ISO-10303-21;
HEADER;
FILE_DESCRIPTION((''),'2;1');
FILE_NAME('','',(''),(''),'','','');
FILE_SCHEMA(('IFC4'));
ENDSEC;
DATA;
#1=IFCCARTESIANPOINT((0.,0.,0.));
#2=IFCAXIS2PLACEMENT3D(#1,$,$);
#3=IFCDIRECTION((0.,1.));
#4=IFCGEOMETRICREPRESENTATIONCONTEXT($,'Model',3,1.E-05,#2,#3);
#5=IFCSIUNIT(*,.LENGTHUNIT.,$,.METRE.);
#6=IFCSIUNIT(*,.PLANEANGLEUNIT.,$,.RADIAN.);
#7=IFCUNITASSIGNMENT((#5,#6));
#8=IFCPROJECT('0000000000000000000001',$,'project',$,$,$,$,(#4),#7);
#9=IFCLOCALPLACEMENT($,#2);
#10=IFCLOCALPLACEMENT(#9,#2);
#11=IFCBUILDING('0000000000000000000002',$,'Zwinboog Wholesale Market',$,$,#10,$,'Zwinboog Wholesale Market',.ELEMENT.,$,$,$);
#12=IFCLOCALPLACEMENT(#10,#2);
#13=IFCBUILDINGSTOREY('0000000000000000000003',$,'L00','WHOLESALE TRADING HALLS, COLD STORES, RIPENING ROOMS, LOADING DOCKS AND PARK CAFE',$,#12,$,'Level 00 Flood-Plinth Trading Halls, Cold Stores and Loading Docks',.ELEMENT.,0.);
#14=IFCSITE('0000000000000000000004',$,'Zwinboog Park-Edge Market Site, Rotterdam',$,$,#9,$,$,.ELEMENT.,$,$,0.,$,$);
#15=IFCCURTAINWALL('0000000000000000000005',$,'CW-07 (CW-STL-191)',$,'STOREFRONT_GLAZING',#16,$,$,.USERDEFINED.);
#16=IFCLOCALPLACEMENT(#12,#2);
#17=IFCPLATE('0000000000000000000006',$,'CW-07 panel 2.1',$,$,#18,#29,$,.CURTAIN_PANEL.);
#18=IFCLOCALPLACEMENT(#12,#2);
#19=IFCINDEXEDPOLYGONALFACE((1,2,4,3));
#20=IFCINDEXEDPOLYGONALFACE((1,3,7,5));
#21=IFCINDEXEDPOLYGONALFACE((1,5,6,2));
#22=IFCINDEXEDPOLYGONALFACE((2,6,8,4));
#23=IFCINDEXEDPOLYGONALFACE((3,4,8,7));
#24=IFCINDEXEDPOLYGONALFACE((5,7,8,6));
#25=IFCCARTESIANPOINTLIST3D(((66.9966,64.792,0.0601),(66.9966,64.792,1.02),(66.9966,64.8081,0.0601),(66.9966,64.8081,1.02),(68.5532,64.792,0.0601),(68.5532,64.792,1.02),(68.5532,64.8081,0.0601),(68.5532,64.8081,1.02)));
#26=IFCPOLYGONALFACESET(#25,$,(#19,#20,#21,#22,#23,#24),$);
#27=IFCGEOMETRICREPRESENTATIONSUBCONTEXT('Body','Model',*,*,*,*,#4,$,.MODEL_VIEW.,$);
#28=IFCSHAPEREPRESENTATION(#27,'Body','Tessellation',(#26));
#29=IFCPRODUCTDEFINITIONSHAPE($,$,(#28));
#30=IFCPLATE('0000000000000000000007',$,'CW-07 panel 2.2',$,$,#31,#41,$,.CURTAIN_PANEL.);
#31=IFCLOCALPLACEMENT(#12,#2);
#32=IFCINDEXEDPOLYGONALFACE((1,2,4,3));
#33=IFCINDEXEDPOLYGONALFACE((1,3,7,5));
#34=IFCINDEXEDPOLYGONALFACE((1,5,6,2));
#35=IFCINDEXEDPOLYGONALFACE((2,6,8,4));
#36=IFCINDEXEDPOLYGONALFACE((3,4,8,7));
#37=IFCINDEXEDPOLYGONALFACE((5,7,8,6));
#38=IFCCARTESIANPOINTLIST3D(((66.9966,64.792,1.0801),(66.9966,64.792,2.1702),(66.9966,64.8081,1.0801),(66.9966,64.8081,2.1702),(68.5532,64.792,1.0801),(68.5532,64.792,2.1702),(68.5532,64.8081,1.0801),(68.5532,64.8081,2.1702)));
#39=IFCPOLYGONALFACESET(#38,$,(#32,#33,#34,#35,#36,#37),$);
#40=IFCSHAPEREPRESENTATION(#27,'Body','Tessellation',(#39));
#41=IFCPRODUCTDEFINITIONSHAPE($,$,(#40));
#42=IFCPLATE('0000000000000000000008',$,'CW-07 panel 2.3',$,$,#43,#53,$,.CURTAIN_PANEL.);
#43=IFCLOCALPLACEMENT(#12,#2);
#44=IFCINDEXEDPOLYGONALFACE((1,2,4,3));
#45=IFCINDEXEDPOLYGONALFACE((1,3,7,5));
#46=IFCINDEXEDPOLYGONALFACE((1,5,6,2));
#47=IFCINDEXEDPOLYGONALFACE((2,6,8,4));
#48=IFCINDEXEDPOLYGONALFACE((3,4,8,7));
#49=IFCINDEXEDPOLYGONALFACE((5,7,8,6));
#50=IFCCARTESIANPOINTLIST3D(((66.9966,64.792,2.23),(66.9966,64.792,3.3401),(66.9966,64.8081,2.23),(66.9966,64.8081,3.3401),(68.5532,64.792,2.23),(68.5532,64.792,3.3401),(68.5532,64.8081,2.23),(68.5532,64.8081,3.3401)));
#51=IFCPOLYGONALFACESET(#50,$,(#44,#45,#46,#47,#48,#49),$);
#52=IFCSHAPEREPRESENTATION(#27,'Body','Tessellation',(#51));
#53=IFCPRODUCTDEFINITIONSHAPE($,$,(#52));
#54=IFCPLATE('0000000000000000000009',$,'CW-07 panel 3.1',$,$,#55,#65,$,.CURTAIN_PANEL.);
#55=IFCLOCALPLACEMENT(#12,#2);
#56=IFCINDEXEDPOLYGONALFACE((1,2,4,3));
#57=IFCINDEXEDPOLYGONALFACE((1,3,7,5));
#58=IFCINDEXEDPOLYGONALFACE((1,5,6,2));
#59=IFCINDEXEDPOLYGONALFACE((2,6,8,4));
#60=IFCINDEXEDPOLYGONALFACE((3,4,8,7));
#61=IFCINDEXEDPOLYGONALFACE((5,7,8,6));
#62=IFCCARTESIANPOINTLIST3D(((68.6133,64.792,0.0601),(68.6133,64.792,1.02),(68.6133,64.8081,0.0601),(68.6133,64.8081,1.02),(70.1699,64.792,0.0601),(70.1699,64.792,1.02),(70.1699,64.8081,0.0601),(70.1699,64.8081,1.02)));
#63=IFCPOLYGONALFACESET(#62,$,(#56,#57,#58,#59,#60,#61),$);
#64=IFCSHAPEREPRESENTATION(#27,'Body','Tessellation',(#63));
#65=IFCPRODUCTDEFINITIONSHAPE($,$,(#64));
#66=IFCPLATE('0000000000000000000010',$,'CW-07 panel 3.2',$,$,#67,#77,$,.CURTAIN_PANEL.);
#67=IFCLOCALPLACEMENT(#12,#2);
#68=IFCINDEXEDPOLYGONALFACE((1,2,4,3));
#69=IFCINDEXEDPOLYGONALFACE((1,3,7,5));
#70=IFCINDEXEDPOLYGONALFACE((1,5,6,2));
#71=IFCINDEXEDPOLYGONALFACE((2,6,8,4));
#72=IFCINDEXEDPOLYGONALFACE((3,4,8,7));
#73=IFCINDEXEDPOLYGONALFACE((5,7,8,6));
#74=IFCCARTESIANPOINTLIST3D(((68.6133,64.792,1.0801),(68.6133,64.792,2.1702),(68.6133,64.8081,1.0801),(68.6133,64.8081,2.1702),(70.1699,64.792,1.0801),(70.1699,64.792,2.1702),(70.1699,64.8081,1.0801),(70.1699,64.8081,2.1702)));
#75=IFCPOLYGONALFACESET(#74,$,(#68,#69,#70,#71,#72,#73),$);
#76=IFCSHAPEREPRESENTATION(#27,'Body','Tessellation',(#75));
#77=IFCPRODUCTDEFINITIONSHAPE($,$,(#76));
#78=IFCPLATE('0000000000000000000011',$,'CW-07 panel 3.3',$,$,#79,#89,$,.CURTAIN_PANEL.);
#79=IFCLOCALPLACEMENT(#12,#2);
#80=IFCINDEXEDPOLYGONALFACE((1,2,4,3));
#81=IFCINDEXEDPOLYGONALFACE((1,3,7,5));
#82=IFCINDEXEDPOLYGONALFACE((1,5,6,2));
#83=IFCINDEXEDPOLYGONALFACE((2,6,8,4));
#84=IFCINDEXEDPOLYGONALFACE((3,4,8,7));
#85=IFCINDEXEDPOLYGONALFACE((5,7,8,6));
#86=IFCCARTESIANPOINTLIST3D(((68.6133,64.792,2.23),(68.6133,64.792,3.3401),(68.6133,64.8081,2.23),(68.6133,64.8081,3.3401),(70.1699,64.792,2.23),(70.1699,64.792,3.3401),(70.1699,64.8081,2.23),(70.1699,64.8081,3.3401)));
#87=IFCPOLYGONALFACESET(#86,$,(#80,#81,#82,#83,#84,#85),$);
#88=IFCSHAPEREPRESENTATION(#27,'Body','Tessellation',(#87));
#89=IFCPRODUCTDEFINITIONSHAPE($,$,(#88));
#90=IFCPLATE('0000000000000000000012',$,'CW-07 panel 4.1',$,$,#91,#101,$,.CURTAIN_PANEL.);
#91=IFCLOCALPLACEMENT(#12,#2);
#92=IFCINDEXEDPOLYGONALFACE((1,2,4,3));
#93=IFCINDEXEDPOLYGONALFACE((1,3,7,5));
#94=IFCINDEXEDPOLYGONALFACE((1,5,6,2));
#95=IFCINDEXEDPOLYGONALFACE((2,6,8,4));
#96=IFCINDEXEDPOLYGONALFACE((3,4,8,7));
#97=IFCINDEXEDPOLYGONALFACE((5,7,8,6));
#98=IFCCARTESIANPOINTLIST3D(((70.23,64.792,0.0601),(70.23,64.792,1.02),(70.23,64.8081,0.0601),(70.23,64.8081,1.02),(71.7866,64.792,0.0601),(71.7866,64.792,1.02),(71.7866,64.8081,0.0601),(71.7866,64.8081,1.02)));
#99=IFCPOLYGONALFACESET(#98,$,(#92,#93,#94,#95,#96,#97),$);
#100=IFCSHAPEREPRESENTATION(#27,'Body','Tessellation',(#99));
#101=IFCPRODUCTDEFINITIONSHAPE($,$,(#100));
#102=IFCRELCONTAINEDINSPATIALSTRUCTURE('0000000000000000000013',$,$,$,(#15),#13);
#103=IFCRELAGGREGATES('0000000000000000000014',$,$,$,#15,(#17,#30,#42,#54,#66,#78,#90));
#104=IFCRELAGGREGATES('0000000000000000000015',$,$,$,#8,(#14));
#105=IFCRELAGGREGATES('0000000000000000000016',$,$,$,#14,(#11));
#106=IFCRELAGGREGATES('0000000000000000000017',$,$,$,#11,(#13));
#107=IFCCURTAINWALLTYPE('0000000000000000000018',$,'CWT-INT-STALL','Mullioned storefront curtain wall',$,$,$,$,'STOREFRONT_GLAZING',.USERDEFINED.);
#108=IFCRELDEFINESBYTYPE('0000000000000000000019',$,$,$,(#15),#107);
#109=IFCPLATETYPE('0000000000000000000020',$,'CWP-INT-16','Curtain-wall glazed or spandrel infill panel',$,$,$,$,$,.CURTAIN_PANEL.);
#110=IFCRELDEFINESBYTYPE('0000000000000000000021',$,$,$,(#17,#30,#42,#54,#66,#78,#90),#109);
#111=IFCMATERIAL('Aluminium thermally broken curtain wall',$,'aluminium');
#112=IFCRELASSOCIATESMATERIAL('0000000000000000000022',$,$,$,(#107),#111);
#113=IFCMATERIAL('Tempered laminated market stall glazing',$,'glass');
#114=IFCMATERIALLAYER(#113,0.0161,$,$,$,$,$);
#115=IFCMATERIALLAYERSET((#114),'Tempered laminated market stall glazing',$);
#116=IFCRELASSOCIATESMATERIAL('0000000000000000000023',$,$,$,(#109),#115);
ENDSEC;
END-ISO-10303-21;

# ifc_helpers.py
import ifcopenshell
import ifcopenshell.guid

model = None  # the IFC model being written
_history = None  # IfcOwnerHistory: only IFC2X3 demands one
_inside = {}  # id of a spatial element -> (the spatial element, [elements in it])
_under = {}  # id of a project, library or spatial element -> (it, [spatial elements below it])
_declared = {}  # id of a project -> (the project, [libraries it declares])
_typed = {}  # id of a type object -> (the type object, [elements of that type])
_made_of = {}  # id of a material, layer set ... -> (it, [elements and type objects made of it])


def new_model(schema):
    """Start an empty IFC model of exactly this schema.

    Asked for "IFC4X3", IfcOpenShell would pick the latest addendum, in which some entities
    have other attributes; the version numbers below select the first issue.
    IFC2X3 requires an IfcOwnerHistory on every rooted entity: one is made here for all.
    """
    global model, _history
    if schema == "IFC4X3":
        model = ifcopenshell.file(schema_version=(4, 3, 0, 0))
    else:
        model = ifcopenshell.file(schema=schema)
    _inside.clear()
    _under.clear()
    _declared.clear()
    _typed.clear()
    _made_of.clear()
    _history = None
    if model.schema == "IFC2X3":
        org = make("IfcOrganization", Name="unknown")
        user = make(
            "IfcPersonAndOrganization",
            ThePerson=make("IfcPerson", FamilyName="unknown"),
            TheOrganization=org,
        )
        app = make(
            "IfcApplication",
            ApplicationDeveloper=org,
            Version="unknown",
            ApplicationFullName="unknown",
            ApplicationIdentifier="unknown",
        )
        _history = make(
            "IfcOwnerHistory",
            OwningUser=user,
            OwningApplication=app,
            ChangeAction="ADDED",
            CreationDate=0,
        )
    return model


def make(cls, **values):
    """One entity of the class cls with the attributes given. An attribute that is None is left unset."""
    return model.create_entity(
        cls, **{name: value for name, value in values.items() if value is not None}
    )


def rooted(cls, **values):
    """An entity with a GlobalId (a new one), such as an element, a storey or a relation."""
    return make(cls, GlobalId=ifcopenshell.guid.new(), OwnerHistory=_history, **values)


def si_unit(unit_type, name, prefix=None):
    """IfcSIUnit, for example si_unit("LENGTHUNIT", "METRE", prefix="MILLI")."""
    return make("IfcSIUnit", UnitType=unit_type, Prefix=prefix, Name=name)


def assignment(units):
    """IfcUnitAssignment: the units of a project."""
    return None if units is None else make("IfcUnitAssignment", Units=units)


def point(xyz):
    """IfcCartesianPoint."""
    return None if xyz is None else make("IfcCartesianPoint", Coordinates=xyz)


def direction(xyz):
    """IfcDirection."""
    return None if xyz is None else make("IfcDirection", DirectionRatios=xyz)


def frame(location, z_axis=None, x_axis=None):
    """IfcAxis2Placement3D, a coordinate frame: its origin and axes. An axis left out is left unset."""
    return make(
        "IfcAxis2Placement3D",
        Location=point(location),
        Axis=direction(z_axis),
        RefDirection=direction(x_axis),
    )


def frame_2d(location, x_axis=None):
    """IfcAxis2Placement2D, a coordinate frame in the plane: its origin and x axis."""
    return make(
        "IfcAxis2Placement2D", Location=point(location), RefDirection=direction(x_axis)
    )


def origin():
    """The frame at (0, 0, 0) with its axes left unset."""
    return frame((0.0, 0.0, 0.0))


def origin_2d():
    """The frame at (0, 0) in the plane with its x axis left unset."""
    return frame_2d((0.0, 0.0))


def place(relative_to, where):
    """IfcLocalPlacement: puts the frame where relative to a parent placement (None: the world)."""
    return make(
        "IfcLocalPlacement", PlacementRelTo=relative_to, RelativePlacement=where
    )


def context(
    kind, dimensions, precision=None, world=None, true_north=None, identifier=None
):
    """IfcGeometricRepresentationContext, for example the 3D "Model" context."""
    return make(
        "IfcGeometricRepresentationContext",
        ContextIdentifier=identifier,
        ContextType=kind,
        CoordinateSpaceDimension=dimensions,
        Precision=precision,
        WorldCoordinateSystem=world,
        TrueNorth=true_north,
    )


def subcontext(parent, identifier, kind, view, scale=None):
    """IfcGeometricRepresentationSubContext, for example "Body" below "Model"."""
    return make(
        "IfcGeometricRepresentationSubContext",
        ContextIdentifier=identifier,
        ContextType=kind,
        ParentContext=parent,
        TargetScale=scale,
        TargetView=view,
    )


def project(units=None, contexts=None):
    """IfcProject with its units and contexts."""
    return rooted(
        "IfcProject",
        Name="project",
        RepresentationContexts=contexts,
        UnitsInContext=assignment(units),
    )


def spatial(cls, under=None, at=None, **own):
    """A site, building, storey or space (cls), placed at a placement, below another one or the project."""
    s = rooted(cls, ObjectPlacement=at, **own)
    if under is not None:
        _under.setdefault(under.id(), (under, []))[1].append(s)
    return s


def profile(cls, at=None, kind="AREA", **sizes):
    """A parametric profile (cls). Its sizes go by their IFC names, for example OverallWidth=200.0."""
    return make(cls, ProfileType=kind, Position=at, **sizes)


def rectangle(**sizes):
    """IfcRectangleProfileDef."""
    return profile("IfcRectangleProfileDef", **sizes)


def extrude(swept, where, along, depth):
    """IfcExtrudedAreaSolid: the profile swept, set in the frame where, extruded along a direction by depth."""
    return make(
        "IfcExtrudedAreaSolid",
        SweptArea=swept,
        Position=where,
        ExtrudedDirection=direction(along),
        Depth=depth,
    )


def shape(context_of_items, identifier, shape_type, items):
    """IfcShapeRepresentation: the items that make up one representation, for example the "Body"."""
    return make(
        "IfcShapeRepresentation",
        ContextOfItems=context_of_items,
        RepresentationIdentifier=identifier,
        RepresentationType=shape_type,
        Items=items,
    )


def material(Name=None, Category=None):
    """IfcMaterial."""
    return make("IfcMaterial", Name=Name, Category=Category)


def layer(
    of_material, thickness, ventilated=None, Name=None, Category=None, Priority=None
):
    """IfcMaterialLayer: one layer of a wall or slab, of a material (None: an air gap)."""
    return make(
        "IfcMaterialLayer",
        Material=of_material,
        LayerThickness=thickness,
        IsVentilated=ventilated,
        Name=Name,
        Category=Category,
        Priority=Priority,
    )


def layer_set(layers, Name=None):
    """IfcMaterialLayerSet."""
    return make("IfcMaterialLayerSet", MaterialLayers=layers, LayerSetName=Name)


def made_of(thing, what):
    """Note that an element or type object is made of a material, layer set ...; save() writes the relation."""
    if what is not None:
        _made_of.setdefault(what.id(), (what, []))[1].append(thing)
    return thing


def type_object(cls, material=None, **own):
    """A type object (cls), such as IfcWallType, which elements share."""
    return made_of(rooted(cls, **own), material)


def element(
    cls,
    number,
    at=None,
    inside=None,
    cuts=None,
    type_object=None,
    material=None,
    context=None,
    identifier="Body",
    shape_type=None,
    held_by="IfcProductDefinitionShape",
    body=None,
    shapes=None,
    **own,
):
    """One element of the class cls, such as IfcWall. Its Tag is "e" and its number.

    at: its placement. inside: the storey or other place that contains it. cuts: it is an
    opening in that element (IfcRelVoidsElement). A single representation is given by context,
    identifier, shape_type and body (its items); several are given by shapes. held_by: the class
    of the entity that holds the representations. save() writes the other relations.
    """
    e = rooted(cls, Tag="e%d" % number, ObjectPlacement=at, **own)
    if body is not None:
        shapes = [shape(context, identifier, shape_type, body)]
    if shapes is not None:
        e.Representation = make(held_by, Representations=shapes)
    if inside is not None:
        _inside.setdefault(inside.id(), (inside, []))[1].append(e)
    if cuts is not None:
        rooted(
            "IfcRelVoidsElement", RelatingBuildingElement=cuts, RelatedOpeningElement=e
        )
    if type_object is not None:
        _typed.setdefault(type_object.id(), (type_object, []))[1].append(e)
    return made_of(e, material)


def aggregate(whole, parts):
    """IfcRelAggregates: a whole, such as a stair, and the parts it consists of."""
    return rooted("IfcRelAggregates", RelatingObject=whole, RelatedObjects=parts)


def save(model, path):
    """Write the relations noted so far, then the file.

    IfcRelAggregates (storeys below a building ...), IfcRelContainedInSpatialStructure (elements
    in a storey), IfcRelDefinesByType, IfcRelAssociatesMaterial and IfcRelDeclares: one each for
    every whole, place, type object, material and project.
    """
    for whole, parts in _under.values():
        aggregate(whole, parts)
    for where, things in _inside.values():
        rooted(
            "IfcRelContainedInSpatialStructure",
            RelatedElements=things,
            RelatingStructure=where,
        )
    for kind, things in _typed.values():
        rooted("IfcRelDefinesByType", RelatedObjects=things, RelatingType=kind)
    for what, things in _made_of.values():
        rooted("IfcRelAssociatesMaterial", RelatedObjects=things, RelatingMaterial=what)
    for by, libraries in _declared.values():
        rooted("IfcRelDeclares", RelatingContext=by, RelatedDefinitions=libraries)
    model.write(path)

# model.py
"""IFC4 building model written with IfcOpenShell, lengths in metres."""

from ifc_helpers import new_model, si_unit, direction, frame, origin, origin_2d, place, context, subcontext, project, spatial, rectangle, extrude, material, layer, layer_set, type_object, element, aggregate, save


model = new_model("IFC4")

# Units and contexts
model_context = context("Model", 3, precision=1e-05, world=origin(), true_north=direction((0.0, 1.0)))
body_context = subcontext(model_context, "Body", "Model", "MODEL_VIEW")
ifc_project = project(units=[si_unit("LENGTHUNIT", "METRE"), si_unit("PLANEANGLEUNIT", "RADIAN")], contexts=[model_context])

# Site, building, storey
site_placement = place(None, origin())
site = spatial("IfcSite", under=ifc_project, at=site_placement, Name="Zwinboog Park-Edge Market Site, Rotterdam", CompositionType="ELEMENT", RefElevation=0.0)
building_placement = place(site_placement, origin())
building = spatial("IfcBuilding", under=site, at=building_placement, Name="Zwinboog Wholesale Market", LongName="Zwinboog Wholesale Market", CompositionType="ELEMENT")
storey_placement = place(building_placement, origin())
storey = spatial("IfcBuildingStorey", under=building, at=storey_placement, Name="L00", Description="WHOLESALE TRADING HALLS, COLD STORES, RIPENING ROOMS, LOADING DOCKS AND PARK CAFE", LongName="Level 00 Flood-Plinth Trading Halls, Cold Stores and Loading Docks", CompositionType="ELEMENT", Elevation=0.0)

# Curtain wall, plates
ifc_material_1 = material(Name="Aluminium thermally broken curtain wall", Category="aluminium")
curtain_wall_type = type_object("IfcCurtainWallType", Name="CWT-INT-STALL", Description="Mullioned storefront curtain wall", ElementType="STOREFRONT_GLAZING", PredefinedType="USERDEFINED", material=ifc_material_1)
curtain_wall_placement = place(storey_placement, origin())
curtain_wall = element("IfcCurtainWall", 1, at=curtain_wall_placement, inside=storey, type_object=curtain_wall_type, Name="CW-07 (CW-STL-191)", ObjectType="STOREFRONT_GLAZING", PredefinedType="USERDEFINED")
ifc_material_2 = material(Name="Tempered laminated market stall glazing", Category="glass")
ifc_layer = layer(ifc_material_2, 0.0161)
ifc_layer_set = layer_set([ifc_layer], Name="Tempered laminated market stall glazing")
plate_type = type_object("IfcPlateType", Name="CWP-INT-16", Description="Curtain-wall glazed or spandrel infill panel", PredefinedType="CURTAIN_PANEL", material=ifc_layer_set)
plate_1_placement = place(storey_placement, frame((67.7749, 64.8, 0.0601), z_axis=(0.0, 0.0, 1.0), x_axis=(1.0, 0.0, 0.0)))
plate_1 = element("IfcPlate", 2, at=plate_1_placement, type_object=plate_type, Name="CW-07 panel 2.1", PredefinedType="CURTAIN_PANEL", context=body_context, shape_type="SweptSolid", body=[
    extrude(rectangle(XDim=1.5566, YDim=0.0161, at=origin_2d()), origin(), (0.0, 0.0, 1.0), 0.96),
])
plate_2_placement = place(storey_placement, frame((67.7749, 64.8, 1.0801), z_axis=(0.0, 0.0, 1.0), x_axis=(1.0, 0.0, 0.0)))
plate_2 = element("IfcPlate", 3, at=plate_2_placement, type_object=plate_type, Name="CW-07 panel 2.2", PredefinedType="CURTAIN_PANEL", context=body_context, shape_type="SweptSolid", body=[
    extrude(rectangle(XDim=1.5566, YDim=0.0161, at=origin_2d()), origin(), (0.0, 0.0, 1.0), 1.0901),
])
plate_3_placement = place(storey_placement, frame((67.7749, 64.8, 2.23), z_axis=(0.0, 0.0, 1.0), x_axis=(1.0, 0.0, 0.0)))
plate_3 = element("IfcPlate", 4, at=plate_3_placement, type_object=plate_type, Name="CW-07 panel 2.3", PredefinedType="CURTAIN_PANEL", context=body_context, shape_type="SweptSolid", body=[
    extrude(rectangle(XDim=1.5566, YDim=0.0161, at=origin_2d()), origin(), (0.0, 0.0, 1.0), 1.1101),
])
plate_4_placement = place(storey_placement, frame((69.3916, 64.8, 0.0601), z_axis=(0.0, 0.0, 1.0), x_axis=(1.0, 0.0, 0.0)))
plate_4 = element("IfcPlate", 5, at=plate_4_placement, type_object=plate_type, Name="CW-07 panel 3.1", PredefinedType="CURTAIN_PANEL", context=body_context, shape_type="SweptSolid", body=[
    extrude(rectangle(XDim=1.5566, YDim=0.0161, at=origin_2d()), origin(), (0.0, 0.0, 1.0), 0.96),
])
plate_5_placement = place(storey_placement, frame((69.3916, 64.8, 1.0801), z_axis=(0.0, 0.0, 1.0), x_axis=(1.0, 0.0, 0.0)))
plate_5 = element("IfcPlate", 6, at=plate_5_placement, type_object=plate_type, Name="CW-07 panel 3.2", PredefinedType="CURTAIN_PANEL", context=body_context, shape_type="SweptSolid", body=[
    extrude(rectangle(XDim=1.5566, YDim=0.0161, at=origin_2d()), origin(), (0.0, 0.0, 1.0), 1.0901),
])
plate_6_placement = place(storey_placement, frame((69.3916, 64.8, 2.23), z_axis=(0.0, 0.0, 1.0), x_axis=(1.0, 0.0, 0.0)))
plate_6 = element("IfcPlate", 7, at=plate_6_placement, type_object=plate_type, Name="CW-07 panel 3.3", PredefinedType="CURTAIN_PANEL", context=body_context, shape_type="SweptSolid", body=[
    extrude(rectangle(XDim=1.5566, YDim=0.0161, at=origin_2d()), origin(), (0.0, 0.0, 1.0), 1.1101),
])
plate_7_placement = place(storey_placement, frame((71.0083, 64.8, 0.0601), z_axis=(0.0, 0.0, 1.0), x_axis=(1.0, 0.0, 0.0)))
plate_7 = element("IfcPlate", 8, at=plate_7_placement, type_object=plate_type, Name="CW-07 panel 4.1", PredefinedType="CURTAIN_PANEL", context=body_context, shape_type="SweptSolid", body=[
    extrude(rectangle(XDim=1.5566, YDim=0.0161, at=origin_2d()), origin(), (0.0, 0.0, 1.0), 0.96),
])
aggregate(curtain_wall, [plate_1, plate_2, plate_3, plate_4, plate_5, plate_6, plate_7])

save(model, "model.ifc")
